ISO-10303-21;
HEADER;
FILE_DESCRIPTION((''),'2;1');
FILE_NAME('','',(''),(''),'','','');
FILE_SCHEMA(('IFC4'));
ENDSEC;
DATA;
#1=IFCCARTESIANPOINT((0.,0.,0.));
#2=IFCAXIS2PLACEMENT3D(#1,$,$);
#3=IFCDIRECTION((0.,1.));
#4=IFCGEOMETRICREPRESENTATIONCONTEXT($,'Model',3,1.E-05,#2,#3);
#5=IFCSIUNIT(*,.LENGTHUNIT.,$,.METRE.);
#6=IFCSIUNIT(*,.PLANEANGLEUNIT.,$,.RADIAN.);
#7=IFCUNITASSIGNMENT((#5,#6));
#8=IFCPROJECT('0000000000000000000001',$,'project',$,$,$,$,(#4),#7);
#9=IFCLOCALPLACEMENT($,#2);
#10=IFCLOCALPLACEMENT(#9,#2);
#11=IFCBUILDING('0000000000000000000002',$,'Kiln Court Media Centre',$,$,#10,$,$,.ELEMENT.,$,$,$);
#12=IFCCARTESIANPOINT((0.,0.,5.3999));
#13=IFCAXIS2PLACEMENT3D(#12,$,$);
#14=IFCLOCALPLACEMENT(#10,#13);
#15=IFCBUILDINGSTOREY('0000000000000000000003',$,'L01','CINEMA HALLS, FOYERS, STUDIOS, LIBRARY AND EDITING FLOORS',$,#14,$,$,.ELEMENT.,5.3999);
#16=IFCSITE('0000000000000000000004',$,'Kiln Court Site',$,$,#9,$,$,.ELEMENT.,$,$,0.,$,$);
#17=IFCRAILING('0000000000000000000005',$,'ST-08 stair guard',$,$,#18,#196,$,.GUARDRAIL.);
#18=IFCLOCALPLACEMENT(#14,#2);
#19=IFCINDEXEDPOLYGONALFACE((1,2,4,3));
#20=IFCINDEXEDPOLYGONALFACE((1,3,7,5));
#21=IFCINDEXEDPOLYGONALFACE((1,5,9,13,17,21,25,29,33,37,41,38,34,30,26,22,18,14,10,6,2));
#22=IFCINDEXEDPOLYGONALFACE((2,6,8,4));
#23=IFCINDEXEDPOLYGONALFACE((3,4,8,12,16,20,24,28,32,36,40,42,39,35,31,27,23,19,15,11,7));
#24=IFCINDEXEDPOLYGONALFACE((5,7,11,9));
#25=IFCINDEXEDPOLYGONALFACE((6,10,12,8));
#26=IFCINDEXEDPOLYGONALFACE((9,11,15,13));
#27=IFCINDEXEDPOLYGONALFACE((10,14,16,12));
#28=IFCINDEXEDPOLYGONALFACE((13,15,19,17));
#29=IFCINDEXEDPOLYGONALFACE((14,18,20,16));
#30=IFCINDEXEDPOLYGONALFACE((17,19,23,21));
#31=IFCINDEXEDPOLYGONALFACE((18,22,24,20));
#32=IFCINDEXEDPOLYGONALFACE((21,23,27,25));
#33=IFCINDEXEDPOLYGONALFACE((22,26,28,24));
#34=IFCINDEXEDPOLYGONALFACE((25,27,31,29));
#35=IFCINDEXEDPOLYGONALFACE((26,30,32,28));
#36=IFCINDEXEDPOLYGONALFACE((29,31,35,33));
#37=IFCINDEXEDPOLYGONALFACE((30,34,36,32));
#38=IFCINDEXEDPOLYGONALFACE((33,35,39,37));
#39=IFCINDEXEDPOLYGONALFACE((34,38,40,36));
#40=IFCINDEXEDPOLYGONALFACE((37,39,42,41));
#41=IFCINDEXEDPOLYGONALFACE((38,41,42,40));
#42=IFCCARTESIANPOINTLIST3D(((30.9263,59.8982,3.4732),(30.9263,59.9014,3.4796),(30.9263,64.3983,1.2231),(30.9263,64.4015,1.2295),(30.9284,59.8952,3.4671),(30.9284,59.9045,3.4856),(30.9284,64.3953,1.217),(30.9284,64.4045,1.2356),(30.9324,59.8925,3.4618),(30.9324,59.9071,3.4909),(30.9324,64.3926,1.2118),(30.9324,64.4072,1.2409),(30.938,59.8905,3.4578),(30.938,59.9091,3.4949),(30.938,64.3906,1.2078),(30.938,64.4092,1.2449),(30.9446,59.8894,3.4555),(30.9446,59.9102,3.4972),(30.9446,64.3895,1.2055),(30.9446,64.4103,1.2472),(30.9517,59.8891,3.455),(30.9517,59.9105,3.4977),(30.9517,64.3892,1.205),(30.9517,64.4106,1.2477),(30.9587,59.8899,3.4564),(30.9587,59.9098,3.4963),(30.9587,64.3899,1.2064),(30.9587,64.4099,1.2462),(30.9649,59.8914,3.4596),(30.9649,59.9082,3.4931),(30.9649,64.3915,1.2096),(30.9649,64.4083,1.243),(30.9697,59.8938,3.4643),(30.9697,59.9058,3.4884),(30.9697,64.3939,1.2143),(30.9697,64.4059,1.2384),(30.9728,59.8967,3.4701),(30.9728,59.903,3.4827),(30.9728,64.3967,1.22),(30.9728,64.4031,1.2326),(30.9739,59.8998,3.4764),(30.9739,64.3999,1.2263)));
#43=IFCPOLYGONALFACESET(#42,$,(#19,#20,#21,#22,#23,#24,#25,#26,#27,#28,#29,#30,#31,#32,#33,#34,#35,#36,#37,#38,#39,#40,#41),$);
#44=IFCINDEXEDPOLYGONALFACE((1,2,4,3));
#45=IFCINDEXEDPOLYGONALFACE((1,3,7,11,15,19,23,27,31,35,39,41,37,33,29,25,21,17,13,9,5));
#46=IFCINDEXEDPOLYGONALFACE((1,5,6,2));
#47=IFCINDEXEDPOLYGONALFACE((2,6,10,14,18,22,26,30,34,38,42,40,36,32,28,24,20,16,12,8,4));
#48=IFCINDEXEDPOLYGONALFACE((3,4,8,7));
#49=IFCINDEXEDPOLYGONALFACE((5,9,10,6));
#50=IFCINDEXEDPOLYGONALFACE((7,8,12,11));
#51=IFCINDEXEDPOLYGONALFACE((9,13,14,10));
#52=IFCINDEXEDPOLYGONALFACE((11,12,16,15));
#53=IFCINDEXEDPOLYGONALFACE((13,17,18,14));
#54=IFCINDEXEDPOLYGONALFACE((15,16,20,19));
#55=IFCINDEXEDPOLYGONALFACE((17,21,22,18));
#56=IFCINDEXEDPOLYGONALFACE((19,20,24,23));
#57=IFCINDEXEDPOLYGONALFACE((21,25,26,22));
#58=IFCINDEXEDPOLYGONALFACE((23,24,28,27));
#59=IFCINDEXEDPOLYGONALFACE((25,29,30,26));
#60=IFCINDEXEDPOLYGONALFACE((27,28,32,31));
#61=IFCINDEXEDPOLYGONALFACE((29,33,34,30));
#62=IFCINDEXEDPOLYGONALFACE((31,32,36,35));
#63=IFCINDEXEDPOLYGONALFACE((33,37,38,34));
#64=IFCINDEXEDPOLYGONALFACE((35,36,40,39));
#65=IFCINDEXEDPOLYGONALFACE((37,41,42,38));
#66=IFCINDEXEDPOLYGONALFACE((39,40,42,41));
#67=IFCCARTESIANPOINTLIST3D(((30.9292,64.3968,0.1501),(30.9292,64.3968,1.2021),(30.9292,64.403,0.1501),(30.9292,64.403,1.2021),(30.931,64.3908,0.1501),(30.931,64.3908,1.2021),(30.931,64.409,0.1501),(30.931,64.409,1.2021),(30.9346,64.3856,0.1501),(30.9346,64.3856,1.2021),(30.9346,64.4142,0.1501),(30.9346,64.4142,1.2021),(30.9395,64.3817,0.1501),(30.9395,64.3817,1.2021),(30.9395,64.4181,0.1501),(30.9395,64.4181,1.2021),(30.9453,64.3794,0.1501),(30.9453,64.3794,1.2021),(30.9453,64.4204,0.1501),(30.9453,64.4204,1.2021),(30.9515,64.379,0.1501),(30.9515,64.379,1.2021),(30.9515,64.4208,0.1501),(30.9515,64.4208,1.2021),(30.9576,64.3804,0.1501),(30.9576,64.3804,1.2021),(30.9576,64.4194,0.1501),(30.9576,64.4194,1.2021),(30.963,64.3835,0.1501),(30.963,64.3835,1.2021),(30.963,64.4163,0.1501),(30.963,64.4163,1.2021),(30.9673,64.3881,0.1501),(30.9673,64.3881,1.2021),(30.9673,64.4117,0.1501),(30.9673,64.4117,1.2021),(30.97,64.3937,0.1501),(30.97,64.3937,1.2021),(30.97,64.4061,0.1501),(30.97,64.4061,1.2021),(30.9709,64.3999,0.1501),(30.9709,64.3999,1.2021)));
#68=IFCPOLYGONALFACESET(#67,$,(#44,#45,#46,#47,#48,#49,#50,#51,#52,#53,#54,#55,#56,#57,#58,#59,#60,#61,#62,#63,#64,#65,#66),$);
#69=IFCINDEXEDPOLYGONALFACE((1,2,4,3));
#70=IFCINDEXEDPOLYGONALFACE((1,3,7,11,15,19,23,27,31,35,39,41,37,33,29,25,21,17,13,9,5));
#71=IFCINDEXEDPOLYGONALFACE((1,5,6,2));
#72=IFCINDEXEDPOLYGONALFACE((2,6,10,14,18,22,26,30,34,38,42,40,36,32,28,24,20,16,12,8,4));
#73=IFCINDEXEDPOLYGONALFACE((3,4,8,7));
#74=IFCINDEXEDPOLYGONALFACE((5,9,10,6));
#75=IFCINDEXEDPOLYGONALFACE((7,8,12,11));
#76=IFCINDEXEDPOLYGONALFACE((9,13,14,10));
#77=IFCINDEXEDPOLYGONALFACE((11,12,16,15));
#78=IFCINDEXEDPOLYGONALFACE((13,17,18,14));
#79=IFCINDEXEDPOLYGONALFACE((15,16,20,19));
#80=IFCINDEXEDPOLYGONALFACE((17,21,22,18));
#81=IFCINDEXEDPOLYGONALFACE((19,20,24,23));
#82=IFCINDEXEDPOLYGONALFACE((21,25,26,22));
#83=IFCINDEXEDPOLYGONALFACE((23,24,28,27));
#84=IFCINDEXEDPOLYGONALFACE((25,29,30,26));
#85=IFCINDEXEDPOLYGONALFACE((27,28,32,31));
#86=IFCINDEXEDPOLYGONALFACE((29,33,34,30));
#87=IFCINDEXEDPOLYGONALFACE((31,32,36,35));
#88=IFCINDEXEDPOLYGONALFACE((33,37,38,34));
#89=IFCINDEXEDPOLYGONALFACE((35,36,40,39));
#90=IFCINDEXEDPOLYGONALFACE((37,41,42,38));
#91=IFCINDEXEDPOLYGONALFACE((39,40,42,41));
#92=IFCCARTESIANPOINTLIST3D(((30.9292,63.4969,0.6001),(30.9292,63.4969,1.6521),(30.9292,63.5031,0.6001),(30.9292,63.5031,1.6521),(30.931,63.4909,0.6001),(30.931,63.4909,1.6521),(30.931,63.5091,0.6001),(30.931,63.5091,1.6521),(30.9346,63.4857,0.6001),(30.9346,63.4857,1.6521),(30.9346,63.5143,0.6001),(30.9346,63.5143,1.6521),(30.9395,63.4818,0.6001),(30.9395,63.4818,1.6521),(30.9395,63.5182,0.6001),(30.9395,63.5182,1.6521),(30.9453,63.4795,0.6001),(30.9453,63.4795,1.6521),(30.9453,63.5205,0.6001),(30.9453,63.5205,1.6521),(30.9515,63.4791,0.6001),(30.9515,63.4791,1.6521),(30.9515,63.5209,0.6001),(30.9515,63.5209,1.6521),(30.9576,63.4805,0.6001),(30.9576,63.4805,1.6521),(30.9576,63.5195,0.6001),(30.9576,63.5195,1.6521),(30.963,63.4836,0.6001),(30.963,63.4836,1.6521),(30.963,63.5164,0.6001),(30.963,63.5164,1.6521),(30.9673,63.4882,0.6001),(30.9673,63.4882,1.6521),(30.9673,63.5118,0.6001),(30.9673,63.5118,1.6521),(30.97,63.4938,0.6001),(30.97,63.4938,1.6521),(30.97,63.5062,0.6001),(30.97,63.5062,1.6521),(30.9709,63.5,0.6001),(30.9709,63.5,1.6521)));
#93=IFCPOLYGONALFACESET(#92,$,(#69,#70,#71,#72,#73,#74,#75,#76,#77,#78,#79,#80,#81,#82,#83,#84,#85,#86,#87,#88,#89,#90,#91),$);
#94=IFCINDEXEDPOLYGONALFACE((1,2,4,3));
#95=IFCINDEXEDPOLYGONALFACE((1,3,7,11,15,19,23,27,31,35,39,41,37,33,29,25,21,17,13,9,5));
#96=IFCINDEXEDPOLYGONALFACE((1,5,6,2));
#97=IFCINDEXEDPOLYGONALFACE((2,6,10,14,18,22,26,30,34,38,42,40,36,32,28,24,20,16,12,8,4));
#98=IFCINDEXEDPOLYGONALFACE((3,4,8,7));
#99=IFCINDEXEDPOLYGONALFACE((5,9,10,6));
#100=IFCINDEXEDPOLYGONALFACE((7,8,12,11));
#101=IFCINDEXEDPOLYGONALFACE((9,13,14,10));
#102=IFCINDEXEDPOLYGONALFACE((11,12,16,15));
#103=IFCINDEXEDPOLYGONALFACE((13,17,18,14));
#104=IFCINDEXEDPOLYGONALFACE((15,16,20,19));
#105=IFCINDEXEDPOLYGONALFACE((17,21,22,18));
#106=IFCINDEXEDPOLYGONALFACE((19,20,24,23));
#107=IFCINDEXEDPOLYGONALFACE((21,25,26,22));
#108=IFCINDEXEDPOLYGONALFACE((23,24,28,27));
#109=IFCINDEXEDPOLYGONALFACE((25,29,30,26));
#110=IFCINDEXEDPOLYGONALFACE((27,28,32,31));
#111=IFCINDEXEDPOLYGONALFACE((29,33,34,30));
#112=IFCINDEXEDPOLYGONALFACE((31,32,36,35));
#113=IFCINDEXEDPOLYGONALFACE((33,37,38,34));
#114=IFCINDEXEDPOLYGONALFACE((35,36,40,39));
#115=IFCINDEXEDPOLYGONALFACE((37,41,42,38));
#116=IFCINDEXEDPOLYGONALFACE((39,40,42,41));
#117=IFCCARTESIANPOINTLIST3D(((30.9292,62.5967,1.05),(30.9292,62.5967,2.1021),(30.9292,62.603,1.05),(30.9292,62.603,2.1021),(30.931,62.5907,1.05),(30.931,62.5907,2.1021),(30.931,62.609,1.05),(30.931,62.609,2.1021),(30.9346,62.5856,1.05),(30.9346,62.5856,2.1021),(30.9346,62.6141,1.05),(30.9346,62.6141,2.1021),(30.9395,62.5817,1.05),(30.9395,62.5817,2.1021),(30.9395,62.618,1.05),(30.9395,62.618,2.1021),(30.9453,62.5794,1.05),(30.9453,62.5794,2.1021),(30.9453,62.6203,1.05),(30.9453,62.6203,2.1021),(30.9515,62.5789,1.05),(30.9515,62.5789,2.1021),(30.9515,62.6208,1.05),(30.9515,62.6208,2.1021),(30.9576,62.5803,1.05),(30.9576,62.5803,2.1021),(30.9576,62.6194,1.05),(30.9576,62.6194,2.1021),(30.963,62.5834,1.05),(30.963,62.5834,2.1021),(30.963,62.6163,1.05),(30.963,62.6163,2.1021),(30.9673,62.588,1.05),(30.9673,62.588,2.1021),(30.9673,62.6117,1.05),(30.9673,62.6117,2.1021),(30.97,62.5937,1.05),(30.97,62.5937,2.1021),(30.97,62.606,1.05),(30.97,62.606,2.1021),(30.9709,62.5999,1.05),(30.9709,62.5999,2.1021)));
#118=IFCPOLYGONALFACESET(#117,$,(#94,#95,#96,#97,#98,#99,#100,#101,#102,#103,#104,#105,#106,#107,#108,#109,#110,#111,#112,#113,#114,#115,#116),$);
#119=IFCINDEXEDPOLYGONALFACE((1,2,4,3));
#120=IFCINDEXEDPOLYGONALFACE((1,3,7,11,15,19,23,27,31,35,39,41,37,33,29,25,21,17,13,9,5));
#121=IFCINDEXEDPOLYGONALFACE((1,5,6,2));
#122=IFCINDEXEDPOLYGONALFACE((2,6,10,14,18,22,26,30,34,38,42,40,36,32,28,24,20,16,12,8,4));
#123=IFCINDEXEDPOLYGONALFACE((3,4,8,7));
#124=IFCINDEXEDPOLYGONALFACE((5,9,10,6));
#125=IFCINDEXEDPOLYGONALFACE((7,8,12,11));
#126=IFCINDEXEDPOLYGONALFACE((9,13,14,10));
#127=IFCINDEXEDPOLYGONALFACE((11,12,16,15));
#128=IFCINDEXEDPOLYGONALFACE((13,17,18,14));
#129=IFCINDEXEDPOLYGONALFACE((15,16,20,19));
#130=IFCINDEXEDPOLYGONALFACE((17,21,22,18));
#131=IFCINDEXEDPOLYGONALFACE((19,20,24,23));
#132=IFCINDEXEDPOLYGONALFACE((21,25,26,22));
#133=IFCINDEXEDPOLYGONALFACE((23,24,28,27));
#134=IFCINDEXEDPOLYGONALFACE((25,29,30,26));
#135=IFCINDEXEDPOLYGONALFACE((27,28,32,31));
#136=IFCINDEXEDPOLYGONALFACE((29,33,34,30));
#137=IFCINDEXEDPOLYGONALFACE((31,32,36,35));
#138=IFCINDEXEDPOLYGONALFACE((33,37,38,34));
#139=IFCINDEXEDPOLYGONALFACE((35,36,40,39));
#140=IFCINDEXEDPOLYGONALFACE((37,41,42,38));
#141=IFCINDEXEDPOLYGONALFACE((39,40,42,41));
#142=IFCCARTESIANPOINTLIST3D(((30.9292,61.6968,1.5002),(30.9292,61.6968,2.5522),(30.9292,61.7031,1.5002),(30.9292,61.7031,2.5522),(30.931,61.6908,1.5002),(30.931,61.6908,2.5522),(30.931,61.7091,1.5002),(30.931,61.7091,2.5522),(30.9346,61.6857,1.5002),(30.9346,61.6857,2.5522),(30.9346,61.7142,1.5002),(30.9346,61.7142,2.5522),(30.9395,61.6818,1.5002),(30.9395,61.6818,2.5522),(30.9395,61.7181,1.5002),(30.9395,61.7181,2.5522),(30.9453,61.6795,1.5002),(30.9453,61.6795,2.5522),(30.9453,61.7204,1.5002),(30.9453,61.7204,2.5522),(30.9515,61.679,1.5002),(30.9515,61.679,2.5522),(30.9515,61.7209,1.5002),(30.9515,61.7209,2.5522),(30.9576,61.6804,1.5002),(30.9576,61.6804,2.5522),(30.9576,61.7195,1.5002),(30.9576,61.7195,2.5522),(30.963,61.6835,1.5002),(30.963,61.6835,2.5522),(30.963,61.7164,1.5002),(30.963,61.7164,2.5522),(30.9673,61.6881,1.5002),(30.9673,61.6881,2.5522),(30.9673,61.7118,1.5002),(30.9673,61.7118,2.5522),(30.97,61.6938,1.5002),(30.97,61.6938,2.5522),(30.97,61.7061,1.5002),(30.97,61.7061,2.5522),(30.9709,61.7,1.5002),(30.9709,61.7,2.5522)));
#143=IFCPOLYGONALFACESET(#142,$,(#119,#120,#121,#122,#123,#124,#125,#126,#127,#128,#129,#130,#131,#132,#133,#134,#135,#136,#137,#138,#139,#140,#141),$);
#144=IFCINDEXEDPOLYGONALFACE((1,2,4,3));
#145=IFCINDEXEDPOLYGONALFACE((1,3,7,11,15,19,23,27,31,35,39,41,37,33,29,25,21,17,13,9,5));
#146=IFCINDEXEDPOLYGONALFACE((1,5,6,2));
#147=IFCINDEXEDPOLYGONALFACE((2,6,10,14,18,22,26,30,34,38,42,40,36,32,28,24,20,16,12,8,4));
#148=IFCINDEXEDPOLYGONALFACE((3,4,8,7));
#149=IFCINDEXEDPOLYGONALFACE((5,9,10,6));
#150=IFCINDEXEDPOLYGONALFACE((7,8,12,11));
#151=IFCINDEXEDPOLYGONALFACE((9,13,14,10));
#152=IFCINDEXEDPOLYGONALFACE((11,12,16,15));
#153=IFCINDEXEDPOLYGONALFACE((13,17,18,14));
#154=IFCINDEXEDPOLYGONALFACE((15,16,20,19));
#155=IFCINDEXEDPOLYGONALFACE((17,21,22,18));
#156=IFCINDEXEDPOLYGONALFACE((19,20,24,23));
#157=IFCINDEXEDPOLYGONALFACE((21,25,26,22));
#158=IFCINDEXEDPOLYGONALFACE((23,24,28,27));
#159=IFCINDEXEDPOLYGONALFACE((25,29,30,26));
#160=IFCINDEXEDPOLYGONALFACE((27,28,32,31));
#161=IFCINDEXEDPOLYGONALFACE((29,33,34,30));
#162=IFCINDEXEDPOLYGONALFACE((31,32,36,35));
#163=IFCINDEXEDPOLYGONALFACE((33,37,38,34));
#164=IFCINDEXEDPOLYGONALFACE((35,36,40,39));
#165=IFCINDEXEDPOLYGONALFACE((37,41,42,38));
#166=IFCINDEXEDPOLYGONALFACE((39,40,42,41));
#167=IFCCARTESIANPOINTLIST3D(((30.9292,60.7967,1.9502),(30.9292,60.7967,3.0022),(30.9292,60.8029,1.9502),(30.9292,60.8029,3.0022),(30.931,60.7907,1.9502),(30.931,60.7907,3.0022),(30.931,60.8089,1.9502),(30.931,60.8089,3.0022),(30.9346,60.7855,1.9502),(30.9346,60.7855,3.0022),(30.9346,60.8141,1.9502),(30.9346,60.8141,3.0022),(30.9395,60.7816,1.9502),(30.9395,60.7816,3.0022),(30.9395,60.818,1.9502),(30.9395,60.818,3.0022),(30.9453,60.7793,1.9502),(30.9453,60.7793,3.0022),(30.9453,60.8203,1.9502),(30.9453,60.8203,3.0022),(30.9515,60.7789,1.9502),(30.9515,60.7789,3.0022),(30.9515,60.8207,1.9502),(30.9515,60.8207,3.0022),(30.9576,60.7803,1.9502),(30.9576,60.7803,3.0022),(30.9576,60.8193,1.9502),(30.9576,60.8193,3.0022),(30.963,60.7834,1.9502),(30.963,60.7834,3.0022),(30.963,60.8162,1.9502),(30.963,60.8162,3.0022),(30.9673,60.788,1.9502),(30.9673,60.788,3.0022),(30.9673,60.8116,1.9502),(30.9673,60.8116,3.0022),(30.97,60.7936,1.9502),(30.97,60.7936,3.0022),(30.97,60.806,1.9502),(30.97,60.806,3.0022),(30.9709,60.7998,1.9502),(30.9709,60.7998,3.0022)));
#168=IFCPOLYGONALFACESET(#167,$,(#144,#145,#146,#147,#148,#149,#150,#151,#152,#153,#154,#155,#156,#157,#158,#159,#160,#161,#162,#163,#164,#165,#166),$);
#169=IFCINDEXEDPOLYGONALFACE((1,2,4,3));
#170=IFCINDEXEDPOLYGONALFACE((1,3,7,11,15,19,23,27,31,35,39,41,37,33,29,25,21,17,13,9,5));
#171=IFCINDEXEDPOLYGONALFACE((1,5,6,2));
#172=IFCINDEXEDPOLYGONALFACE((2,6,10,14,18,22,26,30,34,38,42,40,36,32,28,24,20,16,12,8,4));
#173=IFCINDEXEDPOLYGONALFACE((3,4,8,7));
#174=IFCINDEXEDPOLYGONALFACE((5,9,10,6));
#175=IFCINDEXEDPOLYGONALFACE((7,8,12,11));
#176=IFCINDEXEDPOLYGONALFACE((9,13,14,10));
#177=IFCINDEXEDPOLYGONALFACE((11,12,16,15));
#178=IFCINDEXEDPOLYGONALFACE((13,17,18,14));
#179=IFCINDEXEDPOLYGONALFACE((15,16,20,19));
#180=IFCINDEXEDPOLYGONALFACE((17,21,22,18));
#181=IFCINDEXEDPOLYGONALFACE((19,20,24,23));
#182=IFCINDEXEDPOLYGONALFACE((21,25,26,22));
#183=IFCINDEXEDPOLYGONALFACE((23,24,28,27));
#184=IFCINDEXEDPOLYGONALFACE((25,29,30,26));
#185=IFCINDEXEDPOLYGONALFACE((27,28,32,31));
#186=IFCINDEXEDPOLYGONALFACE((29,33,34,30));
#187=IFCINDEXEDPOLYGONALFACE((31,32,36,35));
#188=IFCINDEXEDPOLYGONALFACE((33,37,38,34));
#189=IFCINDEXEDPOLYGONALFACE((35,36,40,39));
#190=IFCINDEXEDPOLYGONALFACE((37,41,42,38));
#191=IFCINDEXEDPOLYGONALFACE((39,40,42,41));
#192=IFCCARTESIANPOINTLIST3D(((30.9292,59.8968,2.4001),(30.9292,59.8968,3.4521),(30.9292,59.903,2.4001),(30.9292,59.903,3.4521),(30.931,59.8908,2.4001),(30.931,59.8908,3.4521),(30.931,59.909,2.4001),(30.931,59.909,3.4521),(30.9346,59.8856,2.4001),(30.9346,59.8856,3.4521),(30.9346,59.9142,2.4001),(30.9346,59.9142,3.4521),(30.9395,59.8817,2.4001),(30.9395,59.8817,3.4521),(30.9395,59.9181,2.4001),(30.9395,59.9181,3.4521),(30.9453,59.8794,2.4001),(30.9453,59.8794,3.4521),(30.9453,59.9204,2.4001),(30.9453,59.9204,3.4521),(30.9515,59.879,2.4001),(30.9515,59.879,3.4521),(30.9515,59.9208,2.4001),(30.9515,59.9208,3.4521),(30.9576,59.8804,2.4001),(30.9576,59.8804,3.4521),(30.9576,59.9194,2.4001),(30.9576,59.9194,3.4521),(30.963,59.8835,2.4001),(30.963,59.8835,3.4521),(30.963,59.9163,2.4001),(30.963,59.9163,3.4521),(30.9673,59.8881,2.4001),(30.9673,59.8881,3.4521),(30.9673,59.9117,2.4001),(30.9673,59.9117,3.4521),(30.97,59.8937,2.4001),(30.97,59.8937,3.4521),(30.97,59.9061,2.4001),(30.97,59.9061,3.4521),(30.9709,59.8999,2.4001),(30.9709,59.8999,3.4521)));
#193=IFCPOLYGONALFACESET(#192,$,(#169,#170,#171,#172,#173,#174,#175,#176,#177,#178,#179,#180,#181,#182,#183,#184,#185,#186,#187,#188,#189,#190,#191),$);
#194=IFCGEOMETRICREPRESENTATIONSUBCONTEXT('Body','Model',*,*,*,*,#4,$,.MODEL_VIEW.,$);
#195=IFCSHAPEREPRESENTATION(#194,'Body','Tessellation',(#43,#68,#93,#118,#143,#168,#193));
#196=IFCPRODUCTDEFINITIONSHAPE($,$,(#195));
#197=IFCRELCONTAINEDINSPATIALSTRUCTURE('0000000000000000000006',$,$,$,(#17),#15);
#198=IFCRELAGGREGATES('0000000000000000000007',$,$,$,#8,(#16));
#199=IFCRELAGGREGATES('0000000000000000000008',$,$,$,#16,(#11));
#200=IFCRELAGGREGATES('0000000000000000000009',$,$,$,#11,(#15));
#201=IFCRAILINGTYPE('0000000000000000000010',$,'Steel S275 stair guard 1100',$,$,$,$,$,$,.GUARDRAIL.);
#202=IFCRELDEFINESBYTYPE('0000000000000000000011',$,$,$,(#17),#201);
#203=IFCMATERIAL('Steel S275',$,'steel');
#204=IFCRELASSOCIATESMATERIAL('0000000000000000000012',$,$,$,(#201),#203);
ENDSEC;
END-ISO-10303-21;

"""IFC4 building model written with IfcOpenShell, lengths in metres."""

from ifc_helpers import new_model, si_unit, direction, frame, origin, origin_2d, place, context, subcontext, project, spatial, circle, extrude, material, type_object, element, save


model = new_model("IFC4")

# Units and contexts
model_context = context("Model", 3, precision=1e-05, world=origin(), true_north=direction((0.0, 1.0)))
body_context = subcontext(model_context, "Body", "Model", "MODEL_VIEW")
ifc_project = project(units=[si_unit("LENGTHUNIT", "METRE"), si_unit("PLANEANGLEUNIT", "RADIAN")], contexts=[model_context])

# Site, building, storey
site_placement = place(None, origin())
site = spatial("IfcSite", under=ifc_project, at=site_placement, Name="Kiln Court Site", CompositionType="ELEMENT", RefElevation=0.0)
building_placement = place(site_placement, origin())
building = spatial("IfcBuilding", under=site, at=building_placement, Name="Kiln Court Media Centre", CompositionType="ELEMENT")
storey_placement = place(building_placement, frame((0.0, 0.0, 5.3999)))
storey = spatial("IfcBuildingStorey", under=building, at=storey_placement, Name="L01", Description="CINEMA HALLS, FOYERS, STUDIOS, LIBRARY AND EDITING FLOORS", CompositionType="ELEMENT", Elevation=5.3999)

# Railing
ifc_material_1 = material(Name="Steel S275", Category="steel")
railing_type_1 = type_object("IfcRailingType", Name="Steel S275 stair guard 1100", PredefinedType="GUARDRAIL", material=ifc_material_1)
railing_1_placement = place(storey_placement, frame((30.95, 64.3999, 0.1501)))
element("IfcRailing", 1, at=railing_1_placement, inside=storey, type_object=railing_type_1, Name="ST-08 stair guard", PredefinedType="GUARDRAIL", context=body_context, shape_type="SweptSolid", body=[
    extrude(circle(Radius=0.0239, at=origin_2d()), frame((0.0, 0.0, 1.0762), z_axis=(0.0, -0.894427, 0.447214), x_axis=(1.0, 0.0, 0.0)), (0.0, 0.0, 1.0), 5.0312),
    extrude(circle(Radius=0.021, at=origin_2d()), origin(), (0.0, 0.0, 1.0), 1.052),
    extrude(circle(Radius=0.021, at=origin_2d()), frame((0.0, -0.8999, 0.45)), (0.0, 0.0, 1.0), 1.052),
    extrude(circle(Radius=0.021, at=origin_2d()), frame((0.0, -1.8, 0.8999)), (0.0, 0.0, 1.0), 1.052),
    extrude(circle(Radius=0.021, at=origin_2d()), frame((0.0, -2.7, 1.3501)), (0.0, 0.0, 1.0), 1.052),
    extrude(circle(Radius=0.021, at=origin_2d()), frame((0.0, -3.6001, 1.8)), (0.0, 0.0, 1.0), 1.052),
    extrude(circle(Radius=0.021, at=origin_2d()), frame((0.0, -4.5, 2.25)), (0.0, 0.0, 1.0), 1.052),
])

save(model, "model.ifc")
